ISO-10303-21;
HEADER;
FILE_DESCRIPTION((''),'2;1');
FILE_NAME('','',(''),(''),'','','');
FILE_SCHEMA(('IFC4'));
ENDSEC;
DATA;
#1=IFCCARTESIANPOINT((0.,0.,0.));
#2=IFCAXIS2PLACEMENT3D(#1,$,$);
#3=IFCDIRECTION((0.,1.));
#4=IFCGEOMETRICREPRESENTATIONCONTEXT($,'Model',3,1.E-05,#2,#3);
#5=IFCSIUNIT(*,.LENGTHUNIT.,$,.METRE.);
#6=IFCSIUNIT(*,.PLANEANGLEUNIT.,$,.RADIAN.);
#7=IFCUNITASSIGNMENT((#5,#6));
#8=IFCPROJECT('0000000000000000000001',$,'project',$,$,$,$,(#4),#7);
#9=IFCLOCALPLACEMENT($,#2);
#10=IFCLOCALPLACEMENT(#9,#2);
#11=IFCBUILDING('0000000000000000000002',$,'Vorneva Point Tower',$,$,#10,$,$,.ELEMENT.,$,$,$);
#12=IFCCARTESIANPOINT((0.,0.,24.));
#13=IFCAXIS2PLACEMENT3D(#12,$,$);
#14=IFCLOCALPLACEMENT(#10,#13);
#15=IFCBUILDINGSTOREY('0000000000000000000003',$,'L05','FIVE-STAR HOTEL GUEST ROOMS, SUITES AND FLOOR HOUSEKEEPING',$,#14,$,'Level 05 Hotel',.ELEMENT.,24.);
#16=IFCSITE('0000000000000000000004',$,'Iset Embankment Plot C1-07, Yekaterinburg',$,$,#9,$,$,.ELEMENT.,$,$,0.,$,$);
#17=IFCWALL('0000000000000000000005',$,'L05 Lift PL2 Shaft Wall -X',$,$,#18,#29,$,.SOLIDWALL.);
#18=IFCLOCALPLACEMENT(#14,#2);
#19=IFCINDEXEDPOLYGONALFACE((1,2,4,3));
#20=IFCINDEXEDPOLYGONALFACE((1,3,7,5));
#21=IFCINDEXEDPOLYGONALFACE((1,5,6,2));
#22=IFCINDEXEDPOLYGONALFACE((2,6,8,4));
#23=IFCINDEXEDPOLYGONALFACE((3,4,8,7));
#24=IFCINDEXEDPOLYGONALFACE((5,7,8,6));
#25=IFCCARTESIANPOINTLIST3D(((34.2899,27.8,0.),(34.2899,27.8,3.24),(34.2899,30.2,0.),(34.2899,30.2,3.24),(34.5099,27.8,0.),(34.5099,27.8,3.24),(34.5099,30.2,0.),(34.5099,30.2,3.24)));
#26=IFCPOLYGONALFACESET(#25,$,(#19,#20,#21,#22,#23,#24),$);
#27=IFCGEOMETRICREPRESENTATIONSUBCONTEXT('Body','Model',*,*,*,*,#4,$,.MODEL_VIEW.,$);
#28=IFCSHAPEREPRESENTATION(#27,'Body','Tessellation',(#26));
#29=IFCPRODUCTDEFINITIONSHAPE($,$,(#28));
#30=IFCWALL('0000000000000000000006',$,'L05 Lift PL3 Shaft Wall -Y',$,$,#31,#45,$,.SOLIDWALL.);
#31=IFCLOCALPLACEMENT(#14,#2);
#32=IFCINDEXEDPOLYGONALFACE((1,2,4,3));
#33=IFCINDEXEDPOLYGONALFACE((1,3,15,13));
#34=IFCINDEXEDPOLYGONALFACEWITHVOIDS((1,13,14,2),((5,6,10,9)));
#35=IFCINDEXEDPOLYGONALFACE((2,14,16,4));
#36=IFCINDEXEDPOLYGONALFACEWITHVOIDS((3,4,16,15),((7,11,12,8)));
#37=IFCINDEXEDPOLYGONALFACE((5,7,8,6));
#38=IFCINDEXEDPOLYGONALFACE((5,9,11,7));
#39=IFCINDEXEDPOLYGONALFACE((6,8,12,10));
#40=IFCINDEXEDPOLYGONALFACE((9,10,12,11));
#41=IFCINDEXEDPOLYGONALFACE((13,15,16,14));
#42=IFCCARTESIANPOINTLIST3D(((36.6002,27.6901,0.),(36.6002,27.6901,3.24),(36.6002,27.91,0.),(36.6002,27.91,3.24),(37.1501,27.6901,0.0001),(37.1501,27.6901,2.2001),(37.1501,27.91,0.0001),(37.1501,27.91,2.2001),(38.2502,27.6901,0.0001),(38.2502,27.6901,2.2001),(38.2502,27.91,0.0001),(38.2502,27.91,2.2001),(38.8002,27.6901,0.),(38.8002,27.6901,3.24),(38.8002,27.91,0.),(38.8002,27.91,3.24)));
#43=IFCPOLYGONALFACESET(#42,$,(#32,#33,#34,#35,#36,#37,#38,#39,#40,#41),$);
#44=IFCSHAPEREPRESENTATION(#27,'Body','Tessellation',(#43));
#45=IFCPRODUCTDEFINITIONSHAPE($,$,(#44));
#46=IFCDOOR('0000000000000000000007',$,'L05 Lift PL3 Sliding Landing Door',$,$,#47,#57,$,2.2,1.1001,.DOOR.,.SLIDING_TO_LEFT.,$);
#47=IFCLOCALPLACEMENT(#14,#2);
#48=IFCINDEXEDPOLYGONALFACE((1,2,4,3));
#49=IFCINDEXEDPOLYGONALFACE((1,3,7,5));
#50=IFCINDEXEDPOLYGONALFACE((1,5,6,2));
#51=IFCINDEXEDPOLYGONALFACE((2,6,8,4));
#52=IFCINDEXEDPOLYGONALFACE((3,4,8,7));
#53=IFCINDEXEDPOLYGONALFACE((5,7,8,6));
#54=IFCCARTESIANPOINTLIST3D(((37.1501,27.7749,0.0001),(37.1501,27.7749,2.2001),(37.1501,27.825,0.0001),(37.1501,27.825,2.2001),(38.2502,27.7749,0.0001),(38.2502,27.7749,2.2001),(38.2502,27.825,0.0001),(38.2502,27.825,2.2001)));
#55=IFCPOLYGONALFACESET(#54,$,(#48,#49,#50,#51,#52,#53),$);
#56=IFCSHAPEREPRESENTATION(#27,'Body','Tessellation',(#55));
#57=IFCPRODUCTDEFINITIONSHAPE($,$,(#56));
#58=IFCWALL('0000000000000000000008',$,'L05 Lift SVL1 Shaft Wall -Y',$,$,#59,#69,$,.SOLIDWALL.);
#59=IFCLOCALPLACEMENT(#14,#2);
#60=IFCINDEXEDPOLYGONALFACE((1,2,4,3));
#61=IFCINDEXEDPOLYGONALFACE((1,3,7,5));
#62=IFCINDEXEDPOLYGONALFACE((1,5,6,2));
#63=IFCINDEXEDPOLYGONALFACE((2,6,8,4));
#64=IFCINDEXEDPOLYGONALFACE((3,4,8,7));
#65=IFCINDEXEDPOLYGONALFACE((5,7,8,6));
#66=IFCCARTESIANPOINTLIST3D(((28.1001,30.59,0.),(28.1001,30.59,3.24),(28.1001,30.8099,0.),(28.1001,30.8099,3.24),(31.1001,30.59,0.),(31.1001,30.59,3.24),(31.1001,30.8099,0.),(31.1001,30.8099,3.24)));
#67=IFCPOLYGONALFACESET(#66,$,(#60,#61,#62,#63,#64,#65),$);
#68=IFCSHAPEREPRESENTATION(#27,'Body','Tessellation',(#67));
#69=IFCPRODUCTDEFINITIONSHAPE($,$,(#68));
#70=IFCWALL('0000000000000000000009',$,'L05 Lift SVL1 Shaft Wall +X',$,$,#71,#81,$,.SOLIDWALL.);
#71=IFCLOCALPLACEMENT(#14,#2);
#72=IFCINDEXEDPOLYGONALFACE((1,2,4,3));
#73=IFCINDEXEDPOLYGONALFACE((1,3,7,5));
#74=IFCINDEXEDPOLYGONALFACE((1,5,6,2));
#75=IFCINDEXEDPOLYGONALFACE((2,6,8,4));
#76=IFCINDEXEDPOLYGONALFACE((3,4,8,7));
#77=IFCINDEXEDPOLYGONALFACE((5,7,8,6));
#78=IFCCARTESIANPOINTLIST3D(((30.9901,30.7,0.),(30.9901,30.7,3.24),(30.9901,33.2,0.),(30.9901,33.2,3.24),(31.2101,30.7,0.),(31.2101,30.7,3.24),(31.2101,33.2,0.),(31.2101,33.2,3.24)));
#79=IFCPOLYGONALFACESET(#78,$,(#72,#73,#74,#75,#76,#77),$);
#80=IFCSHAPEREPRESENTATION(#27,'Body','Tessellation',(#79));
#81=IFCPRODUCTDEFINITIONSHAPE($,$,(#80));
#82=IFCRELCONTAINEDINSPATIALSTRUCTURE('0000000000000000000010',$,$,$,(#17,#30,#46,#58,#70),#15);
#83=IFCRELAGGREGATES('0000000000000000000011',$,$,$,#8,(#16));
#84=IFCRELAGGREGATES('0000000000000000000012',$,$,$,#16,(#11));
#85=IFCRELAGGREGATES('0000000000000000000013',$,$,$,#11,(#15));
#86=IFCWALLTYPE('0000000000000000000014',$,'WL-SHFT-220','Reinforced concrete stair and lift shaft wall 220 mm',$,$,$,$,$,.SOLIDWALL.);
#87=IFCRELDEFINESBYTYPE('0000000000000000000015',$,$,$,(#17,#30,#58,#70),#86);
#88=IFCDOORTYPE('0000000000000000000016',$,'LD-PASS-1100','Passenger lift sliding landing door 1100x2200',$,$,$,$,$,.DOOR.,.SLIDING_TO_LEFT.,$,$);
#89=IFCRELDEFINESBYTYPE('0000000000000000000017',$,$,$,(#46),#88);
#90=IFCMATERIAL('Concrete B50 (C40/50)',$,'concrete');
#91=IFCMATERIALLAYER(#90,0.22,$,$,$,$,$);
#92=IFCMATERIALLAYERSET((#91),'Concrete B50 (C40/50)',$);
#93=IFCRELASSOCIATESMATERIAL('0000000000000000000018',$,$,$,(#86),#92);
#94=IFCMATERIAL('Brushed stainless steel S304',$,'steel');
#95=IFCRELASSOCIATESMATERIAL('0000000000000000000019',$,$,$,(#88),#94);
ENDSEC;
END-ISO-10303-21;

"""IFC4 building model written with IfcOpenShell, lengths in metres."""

from ifc_helpers import new_model, si_unit, direction, frame, frame_2d, origin, place, context, subcontext, project, spatial, rectangle, extrude, material, layer, layer_set, type_object, element, fill, save


model = new_model("IFC4")

# Units and contexts
model_context = context("Model", 3, precision=1e-05, world=origin(), true_north=direction((0.0, 1.0)))
body_context = subcontext(model_context, "Body", "Model", "MODEL_VIEW")
ifc_project = project(units=[si_unit("LENGTHUNIT", "METRE"), si_unit("PLANEANGLEUNIT", "RADIAN")], contexts=[model_context])

# Site, building, storey
site_placement = place(None, origin())
site = spatial("IfcSite", under=ifc_project, at=site_placement, Name="Iset Embankment Plot C1-07, Yekaterinburg", CompositionType="ELEMENT", RefElevation=0.0)
building_placement = place(site_placement, origin())
building = spatial("IfcBuilding", under=site, at=building_placement, Name="Vorneva Point Tower", CompositionType="ELEMENT")
storey_placement = place(building_placement, frame((0.0, 0.0, 24.0)))
storey = spatial("IfcBuildingStorey", under=building, at=storey_placement, Name="L05", Description="FIVE-STAR HOTEL GUEST ROOMS, SUITES AND FLOOR HOUSEKEEPING", LongName="Level 05 Hotel", CompositionType="ELEMENT", Elevation=24.0)

# Shared definitions
ifc_material_1 = material(Name="Brushed stainless steel S304", Category="steel")

# Shared definitions
ifc_material_2 = material(Name="Concrete B50 (C40/50)", Category="concrete")
ifc_layer_1 = layer(ifc_material_2, 0.22)
ifc_layer_set_1 = layer_set([ifc_layer_1], Name="Concrete B50 (C40/50)")
wall_type_1 = type_object("IfcWallType", Name="WL-SHFT-220", Description="Reinforced concrete stair and lift shaft wall 220 mm", PredefinedType="SOLIDWALL", material=ifc_layer_set_1)
door_type_1 = type_object("IfcDoorType", Name="LD-PASS-1100", Description="Passenger lift sliding landing door 1100x2200", OperationType="SLIDING_TO_LEFT", PredefinedType="DOOR", material=ifc_material_1)

# Wall
wall_1_placement = place(storey_placement, frame((34.3999, 30.2, 0.0), z_axis=(0.0, 0.0, 1.0), x_axis=(0.0, -1.0, 0.0)))
element("IfcWall", 1, at=wall_1_placement, inside=storey, type_object=wall_type_1, Name="L05 Lift PL2 Shaft Wall -X", PredefinedType="SOLIDWALL", context=body_context, shape_type="SweptSolid", body=[
    extrude(rectangle(XDim=2.3999, YDim=0.22, at=frame_2d((1.2, 0.0))), origin(), (0.0, 0.0, 1.0), 3.24),
])

# Wall, opening, door
wall_2_placement = place(storey_placement, frame((36.6001, 27.8, 0.0), z_axis=(0.0, 0.0, 1.0), x_axis=(1.0, 0.0, 0.0)))
wall_2 = element("IfcWall", 2, at=wall_2_placement, inside=storey, type_object=wall_type_1, Name="L05 Lift PL3 Shaft Wall -Y", PredefinedType="SOLIDWALL", context=body_context, shape_type="SweptSolid", body=[
    extrude(rectangle(XDim=2.2, YDim=0.22, at=frame_2d((1.1001, 0.0))), origin(), (0.0, 0.0, 1.0), 3.24),
])
opening_1_placement = place(wall_2_placement, frame((0.55, 0.0, 0.0)))
opening_1 = element("IfcOpeningElement", 3, at=opening_1_placement, cuts=wall_2, PredefinedType="OPENING", context=body_context, shape_type="SweptSolid", body=[
    extrude(rectangle(XDim=1.1001, YDim=2.2, at=frame_2d((0.55, 1.1001))), frame((0.0, 0.125, 0.0), z_axis=(0.0, -1.0, 0.0), x_axis=(1.0, 0.0, 0.0)), (0.0, 0.0, 1.0), 0.2498),
])
door_1_placement = place(opening_1_placement, origin())
door_1 = element("IfcDoor", 4, at=door_1_placement, inside=storey, type_object=door_type_1, Name="L05 Lift PL3 Sliding Landing Door", OperationType="SLIDING_TO_LEFT", OverallHeight=2.2, OverallWidth=1.1001, PredefinedType="DOOR", context=body_context, shape_type="SweptSolid", body=[
    extrude(rectangle(XDim=1.1001, YDim=2.2, at=frame_2d((0.55, 1.1001))), frame((0.0, 0.0249, 0.0), z_axis=(0.0, -1.0, 0.0), x_axis=(1.0, 0.0, 0.0)), (0.0, 0.0, 1.0), 0.05),
])
fill(opening_1, door_1)

# Walls
wall_3_placement = place(storey_placement, frame((28.1001, 30.7, 0.0), z_axis=(0.0, 0.0, 1.0), x_axis=(1.0, 0.0, 0.0)))
element("IfcWall", 5, at=wall_3_placement, inside=storey, type_object=wall_type_1, Name="L05 Lift SVL1 Shaft Wall -Y", PredefinedType="SOLIDWALL", context=body_context, shape_type="SweptSolid", body=[
    extrude(rectangle(XDim=3.0, YDim=0.22, at=frame_2d((1.5, 0.0))), origin(), (0.0, 0.0, 1.0), 3.24),
])
wall_4_placement = place(storey_placement, frame((31.1001, 30.7, 0.0), z_axis=(0.0, 0.0, 1.0), x_axis=(0.0, 1.0, 0.0)))
element("IfcWall", 6, at=wall_4_placement, inside=storey, type_object=wall_type_1, Name="L05 Lift SVL1 Shaft Wall +X", PredefinedType="SOLIDWALL", context=body_context, shape_type="SweptSolid", body=[
    extrude(rectangle(XDim=2.5, YDim=0.22, at=frame_2d((1.25, 0.0))), origin(), (0.0, 0.0, 1.0), 3.24),
])

save(model, "model.ifc")
